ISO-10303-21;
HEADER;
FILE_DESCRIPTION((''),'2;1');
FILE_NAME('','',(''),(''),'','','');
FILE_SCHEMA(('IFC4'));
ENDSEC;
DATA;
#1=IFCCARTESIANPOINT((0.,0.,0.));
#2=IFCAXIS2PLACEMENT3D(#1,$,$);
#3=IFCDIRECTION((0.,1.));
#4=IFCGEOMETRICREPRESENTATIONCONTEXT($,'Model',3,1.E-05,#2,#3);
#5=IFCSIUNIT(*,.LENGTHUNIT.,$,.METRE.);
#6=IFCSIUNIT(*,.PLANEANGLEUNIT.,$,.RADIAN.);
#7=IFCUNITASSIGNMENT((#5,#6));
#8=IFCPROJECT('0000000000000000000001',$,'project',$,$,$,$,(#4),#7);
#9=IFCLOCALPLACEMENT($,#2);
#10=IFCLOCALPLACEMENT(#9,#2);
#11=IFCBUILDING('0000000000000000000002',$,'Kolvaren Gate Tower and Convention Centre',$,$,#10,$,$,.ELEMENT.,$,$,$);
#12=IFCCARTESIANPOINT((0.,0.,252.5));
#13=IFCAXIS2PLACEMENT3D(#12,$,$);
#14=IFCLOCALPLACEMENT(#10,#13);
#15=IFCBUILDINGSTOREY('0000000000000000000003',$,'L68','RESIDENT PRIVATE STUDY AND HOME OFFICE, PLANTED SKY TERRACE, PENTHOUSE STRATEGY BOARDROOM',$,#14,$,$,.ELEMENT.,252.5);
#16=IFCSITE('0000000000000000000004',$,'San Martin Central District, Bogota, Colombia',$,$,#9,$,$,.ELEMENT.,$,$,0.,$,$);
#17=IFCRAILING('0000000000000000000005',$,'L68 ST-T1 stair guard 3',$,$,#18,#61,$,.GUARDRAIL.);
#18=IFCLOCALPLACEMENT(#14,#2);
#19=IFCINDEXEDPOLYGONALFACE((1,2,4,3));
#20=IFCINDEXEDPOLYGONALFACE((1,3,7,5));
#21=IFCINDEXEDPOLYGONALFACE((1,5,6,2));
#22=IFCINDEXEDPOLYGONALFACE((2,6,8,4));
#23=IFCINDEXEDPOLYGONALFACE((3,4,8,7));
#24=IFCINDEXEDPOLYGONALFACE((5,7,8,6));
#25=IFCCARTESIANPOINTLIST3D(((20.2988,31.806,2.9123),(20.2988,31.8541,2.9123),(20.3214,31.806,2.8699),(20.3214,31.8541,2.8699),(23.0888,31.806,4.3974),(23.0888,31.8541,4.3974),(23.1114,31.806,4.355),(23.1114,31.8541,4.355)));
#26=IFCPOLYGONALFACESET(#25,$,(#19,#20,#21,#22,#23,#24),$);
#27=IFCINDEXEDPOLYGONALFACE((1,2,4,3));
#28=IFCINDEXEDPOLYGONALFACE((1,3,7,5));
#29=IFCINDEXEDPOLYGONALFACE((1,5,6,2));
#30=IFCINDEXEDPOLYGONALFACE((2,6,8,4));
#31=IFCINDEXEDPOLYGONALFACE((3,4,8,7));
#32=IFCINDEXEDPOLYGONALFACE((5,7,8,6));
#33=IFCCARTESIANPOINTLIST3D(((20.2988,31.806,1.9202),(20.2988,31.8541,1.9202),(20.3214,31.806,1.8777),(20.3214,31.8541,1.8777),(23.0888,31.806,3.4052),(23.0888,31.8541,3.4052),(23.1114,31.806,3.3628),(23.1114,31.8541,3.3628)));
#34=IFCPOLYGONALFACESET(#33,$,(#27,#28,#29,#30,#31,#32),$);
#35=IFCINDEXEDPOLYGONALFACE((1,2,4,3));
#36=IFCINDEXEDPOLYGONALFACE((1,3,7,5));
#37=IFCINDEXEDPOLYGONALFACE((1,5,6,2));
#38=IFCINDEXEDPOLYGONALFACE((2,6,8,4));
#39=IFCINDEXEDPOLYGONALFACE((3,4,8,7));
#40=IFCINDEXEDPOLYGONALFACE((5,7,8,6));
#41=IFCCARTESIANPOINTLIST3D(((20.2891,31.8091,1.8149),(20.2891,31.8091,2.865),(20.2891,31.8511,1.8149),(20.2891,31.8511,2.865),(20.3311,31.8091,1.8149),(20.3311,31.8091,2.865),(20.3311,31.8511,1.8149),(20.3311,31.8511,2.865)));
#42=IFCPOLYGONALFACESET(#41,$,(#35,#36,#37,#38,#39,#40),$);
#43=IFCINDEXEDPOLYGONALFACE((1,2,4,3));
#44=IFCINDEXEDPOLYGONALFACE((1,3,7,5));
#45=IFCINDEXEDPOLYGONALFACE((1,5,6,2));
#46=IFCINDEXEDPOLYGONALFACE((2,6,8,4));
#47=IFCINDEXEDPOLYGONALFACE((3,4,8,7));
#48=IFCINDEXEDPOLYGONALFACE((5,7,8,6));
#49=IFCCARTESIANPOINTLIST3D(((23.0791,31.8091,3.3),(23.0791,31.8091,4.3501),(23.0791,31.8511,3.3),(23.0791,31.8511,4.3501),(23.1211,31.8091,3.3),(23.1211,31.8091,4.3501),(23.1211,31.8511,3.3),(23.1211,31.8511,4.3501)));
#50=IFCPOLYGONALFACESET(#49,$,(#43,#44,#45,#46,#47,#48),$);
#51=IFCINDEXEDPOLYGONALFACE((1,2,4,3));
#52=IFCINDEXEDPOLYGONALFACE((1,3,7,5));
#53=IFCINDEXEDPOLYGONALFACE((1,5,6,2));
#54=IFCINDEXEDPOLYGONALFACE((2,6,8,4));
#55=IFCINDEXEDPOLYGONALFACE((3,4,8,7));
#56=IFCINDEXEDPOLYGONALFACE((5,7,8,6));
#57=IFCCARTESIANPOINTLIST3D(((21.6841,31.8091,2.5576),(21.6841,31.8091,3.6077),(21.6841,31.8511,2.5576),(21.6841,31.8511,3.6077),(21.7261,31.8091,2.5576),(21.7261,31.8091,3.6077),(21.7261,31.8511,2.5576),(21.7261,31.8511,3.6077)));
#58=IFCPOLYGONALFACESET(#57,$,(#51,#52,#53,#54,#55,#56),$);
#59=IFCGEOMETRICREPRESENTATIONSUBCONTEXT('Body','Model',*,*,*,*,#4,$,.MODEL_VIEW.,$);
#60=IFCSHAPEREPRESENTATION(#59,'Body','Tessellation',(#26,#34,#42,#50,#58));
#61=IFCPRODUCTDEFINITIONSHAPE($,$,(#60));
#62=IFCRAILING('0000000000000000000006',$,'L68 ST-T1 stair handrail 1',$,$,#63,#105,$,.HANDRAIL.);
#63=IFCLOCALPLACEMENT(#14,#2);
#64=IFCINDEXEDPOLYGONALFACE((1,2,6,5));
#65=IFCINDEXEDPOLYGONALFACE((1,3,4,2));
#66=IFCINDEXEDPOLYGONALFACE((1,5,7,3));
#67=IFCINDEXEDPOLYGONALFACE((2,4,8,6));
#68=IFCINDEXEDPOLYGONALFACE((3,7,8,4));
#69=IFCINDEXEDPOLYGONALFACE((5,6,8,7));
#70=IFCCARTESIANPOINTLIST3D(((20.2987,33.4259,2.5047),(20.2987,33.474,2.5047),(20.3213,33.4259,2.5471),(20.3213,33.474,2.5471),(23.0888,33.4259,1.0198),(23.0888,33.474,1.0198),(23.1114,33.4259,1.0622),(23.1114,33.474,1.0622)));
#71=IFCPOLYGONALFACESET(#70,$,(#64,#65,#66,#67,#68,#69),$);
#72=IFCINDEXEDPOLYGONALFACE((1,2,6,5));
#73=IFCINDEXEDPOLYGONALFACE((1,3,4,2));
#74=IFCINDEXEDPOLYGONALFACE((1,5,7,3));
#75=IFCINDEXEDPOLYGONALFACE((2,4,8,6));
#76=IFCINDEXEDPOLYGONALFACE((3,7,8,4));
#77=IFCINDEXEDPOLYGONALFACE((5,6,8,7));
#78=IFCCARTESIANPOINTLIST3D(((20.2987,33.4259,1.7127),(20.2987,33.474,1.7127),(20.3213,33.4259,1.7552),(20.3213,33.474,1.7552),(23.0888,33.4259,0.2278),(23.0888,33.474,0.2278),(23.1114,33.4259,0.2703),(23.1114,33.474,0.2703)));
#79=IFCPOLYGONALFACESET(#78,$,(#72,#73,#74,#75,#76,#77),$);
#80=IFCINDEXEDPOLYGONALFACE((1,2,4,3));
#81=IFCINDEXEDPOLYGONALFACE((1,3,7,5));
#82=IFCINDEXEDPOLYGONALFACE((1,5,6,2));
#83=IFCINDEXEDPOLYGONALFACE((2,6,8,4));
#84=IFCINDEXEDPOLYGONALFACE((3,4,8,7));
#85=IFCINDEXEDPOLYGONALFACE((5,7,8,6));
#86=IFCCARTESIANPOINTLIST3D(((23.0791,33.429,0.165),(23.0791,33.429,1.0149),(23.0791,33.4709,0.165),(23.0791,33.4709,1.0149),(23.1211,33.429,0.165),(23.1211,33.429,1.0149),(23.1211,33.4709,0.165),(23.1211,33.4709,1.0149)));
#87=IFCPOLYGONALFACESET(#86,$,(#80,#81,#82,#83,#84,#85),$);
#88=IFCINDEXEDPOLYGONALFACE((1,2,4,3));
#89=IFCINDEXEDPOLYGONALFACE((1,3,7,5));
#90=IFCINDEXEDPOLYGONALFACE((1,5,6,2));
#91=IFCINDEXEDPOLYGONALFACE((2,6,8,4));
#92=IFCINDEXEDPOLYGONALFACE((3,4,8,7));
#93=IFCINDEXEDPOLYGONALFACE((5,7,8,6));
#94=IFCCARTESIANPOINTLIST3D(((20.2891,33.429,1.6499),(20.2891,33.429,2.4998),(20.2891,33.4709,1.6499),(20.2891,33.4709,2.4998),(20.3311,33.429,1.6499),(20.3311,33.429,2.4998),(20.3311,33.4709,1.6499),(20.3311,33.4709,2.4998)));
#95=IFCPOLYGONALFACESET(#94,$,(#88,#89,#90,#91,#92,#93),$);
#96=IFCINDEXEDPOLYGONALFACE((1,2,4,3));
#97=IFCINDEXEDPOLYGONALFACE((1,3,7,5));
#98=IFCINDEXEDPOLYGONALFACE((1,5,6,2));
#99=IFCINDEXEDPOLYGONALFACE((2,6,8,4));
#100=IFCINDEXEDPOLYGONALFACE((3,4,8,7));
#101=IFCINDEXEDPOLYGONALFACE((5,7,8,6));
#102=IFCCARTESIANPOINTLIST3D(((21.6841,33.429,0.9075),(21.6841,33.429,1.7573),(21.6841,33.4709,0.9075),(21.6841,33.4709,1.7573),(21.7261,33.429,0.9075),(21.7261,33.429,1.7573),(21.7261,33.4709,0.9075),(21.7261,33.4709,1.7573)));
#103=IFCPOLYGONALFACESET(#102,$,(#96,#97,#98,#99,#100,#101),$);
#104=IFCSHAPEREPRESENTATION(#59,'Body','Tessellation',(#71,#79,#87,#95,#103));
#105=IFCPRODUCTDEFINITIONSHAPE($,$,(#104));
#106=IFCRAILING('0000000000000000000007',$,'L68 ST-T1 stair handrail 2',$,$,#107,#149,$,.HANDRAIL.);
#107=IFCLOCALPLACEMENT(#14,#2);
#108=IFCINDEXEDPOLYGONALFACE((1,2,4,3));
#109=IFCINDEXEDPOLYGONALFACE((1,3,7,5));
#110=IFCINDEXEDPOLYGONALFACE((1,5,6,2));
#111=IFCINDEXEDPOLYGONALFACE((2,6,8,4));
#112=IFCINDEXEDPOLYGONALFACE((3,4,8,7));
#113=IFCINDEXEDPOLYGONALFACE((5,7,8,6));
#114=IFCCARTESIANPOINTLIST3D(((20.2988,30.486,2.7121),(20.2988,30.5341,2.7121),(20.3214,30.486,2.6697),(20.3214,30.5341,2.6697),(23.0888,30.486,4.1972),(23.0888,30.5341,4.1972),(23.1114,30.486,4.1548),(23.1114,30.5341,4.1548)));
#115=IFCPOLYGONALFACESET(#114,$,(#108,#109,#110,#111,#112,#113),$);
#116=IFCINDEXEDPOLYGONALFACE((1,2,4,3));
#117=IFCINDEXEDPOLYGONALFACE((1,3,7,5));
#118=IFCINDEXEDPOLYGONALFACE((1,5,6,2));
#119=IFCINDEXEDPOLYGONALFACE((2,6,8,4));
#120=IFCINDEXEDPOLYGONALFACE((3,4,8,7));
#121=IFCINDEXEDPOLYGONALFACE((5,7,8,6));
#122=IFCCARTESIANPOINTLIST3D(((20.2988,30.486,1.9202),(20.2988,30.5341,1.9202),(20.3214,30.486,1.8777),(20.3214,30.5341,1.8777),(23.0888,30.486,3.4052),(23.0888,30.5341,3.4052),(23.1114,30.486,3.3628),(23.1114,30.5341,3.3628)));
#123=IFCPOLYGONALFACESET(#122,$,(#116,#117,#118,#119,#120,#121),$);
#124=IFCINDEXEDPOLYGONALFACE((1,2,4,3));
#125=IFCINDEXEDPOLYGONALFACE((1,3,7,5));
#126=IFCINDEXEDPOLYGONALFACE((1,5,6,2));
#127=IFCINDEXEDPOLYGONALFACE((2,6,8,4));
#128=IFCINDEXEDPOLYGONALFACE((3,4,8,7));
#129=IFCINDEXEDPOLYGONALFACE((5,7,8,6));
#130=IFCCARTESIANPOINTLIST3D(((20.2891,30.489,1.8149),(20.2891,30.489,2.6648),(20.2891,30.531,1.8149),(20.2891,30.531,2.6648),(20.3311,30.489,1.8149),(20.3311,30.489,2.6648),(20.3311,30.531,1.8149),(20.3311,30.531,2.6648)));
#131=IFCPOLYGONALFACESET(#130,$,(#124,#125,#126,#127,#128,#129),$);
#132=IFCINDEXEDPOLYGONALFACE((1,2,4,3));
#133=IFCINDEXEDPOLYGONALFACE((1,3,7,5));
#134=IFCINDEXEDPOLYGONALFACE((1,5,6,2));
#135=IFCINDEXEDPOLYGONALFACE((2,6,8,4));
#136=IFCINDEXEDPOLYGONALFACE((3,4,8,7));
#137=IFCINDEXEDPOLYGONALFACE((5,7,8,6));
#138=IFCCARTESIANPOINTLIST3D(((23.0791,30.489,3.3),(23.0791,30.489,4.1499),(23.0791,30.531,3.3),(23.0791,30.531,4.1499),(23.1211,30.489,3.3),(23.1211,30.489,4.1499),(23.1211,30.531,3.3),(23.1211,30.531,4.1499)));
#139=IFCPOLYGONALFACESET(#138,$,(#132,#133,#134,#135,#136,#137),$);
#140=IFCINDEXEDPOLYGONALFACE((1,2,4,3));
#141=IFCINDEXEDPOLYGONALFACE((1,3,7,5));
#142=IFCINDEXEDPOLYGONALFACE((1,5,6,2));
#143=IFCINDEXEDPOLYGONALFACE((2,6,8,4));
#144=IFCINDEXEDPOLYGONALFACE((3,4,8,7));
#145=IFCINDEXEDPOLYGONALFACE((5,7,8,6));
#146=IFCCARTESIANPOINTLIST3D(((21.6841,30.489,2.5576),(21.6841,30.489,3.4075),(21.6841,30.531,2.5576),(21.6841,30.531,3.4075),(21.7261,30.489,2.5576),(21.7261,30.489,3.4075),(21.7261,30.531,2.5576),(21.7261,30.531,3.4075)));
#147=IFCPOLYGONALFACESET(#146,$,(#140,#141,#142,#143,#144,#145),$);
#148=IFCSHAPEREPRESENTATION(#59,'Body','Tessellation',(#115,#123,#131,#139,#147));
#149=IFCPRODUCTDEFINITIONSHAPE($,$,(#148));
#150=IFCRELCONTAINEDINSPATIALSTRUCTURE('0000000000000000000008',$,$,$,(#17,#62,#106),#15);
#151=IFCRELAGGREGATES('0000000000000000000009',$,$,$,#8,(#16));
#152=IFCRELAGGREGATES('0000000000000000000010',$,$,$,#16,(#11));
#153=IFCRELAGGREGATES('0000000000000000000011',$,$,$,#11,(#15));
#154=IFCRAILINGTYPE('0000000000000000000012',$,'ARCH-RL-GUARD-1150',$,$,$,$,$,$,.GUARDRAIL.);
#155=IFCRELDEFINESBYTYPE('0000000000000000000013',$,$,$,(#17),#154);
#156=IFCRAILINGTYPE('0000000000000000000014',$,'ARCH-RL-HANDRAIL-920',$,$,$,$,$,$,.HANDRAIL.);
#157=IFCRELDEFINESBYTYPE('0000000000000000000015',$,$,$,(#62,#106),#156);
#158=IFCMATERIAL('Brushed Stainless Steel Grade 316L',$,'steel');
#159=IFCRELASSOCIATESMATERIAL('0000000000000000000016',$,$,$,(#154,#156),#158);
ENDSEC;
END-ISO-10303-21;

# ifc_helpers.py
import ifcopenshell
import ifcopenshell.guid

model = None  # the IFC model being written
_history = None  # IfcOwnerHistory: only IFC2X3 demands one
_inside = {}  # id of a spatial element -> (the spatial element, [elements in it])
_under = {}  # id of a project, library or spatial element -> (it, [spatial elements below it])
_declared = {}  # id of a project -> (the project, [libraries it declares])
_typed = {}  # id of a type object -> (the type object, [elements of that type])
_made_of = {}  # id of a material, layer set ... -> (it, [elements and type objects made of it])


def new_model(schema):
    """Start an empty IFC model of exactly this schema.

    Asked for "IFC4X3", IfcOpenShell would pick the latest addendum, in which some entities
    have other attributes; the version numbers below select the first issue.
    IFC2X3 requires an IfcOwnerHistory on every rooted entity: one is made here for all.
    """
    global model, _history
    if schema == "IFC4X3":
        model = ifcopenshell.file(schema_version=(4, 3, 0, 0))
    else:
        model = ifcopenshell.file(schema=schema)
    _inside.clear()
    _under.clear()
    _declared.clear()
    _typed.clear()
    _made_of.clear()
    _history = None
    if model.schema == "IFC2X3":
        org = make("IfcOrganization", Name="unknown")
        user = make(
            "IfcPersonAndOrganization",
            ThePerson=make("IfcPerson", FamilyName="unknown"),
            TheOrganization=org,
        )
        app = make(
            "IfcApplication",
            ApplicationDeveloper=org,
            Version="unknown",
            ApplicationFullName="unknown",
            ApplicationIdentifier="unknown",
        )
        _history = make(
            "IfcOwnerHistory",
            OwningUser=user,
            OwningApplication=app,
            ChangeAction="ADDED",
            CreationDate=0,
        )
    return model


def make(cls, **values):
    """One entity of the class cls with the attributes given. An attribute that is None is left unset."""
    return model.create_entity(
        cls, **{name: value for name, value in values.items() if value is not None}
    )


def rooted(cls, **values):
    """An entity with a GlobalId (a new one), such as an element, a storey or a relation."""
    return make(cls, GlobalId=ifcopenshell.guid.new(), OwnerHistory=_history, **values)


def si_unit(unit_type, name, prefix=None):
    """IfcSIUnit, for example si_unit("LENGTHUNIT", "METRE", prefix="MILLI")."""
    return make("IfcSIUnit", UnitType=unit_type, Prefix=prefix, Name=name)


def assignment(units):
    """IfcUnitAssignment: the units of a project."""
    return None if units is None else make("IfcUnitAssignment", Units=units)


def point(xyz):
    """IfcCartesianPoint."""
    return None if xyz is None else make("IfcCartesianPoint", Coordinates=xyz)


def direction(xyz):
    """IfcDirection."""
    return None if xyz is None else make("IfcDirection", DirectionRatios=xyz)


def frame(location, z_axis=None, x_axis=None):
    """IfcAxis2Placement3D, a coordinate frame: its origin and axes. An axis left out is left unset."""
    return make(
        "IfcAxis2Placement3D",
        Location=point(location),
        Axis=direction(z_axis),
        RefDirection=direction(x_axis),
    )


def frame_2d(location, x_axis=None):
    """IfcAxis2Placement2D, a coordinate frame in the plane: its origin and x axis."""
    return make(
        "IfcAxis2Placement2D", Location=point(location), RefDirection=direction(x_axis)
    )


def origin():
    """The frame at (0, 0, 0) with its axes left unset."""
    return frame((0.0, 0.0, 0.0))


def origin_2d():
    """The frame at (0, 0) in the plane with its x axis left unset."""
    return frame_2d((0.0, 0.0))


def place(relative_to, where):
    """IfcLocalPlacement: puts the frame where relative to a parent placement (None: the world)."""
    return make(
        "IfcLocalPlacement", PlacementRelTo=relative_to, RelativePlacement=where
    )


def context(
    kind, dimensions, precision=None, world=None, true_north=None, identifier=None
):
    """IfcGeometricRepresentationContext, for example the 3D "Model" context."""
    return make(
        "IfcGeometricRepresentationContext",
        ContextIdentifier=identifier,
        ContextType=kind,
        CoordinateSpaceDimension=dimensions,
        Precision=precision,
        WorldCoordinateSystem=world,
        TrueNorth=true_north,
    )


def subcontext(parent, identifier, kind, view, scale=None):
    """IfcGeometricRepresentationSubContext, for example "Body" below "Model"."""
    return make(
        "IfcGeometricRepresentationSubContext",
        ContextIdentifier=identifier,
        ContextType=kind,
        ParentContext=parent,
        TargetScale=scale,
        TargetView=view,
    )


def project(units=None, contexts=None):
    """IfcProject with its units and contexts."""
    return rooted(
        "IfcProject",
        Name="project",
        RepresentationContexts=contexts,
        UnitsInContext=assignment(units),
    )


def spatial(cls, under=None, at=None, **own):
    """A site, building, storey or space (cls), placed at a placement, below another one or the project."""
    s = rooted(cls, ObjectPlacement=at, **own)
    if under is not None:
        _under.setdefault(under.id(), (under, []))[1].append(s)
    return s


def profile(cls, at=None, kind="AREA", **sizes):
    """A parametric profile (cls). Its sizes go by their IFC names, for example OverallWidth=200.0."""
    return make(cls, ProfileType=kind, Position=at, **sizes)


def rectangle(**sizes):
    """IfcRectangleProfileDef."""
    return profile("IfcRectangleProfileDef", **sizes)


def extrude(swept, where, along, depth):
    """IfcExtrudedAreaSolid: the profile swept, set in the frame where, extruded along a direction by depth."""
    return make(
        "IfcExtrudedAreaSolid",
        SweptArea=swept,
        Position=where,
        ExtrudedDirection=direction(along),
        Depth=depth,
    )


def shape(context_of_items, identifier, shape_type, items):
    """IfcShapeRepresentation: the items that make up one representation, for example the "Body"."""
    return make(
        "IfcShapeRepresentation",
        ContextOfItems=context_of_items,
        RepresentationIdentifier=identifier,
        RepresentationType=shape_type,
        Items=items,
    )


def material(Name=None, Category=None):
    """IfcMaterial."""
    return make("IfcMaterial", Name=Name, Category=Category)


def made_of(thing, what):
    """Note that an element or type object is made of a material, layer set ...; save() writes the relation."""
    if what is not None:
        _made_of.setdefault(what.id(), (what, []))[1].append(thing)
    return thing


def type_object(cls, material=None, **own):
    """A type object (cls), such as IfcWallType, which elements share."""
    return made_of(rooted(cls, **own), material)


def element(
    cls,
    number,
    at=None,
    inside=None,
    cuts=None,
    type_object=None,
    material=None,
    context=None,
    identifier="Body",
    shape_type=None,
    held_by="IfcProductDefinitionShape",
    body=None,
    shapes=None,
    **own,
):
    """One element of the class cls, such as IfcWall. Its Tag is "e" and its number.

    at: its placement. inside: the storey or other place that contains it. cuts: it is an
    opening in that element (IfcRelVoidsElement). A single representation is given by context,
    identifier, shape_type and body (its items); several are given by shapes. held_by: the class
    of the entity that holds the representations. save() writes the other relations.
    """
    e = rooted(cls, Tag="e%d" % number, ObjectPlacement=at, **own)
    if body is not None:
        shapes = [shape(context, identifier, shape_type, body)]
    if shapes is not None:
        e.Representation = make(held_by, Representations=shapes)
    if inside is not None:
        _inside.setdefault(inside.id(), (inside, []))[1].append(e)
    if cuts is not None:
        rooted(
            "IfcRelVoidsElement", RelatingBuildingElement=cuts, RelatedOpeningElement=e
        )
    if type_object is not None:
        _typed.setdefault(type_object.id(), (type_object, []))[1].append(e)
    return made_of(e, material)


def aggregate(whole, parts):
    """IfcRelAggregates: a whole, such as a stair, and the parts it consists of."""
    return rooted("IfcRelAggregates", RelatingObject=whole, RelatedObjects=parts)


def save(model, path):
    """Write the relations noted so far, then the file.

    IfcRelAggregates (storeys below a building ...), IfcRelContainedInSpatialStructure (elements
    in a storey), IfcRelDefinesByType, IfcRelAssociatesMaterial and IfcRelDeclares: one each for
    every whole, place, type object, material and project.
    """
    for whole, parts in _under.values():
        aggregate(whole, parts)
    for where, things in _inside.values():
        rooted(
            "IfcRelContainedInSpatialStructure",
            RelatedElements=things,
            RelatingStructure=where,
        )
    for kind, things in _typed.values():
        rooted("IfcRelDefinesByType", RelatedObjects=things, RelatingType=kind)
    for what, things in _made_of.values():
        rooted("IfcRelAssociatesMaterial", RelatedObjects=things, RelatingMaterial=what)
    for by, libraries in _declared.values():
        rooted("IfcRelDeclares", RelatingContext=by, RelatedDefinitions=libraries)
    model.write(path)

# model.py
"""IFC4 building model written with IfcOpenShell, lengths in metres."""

from ifc_helpers import new_model, si_unit, direction, frame, origin, origin_2d, place, context, subcontext, project, spatial, rectangle, extrude, material, type_object, element, save


model = new_model("IFC4")

# Units and contexts
model_context = context("Model", 3, precision=1e-05, world=origin(), true_north=direction((0.0, 1.0)))
body_context = subcontext(model_context, "Body", "Model", "MODEL_VIEW")
ifc_project = project(units=[si_unit("LENGTHUNIT", "METRE"), si_unit("PLANEANGLEUNIT", "RADIAN")], contexts=[model_context])

# Site, building, storey
site_placement = place(None, origin())
site = spatial("IfcSite", under=ifc_project, at=site_placement, Name="San Martin Central District, Bogota, Colombia", CompositionType="ELEMENT", RefElevation=0.0)
building_placement = place(site_placement, origin())
building = spatial("IfcBuilding", under=site, at=building_placement, Name="Kolvaren Gate Tower and Convention Centre", CompositionType="ELEMENT")
storey_placement = place(building_placement, frame((0.0, 0.0, 252.5)))
storey = spatial("IfcBuildingStorey", under=building, at=storey_placement, Name="L68", Description="RESIDENT PRIVATE STUDY AND HOME OFFICE, PLANTED SKY TERRACE, PENTHOUSE STRATEGY BOARDROOM", CompositionType="ELEMENT", Elevation=252.5)

# Railings
ifc_material_1 = material(Name="Brushed Stainless Steel Grade 316L", Category="steel")
railing_type_1 = type_object("IfcRailingType", Name="ARCH-RL-GUARD-1150", PredefinedType="GUARDRAIL", material=ifc_material_1)
railing_1_placement = place(storey_placement, frame((20.3101, 31.8301, 1.8149)))
element("IfcRailing", 1, at=railing_1_placement, inside=storey, type_object=railing_type_1, Name="L68 ST-T1 stair guard 3", PredefinedType="GUARDRAIL", context=body_context, shape_type="SweptSolid", body=[
    extrude(rectangle(XDim=0.0481, YDim=0.0481, at=origin_2d()), frame((0.0, 0.0, 1.0762), z_axis=(0.882735, 0.0, 0.46987), x_axis=(0.0, 1.0, 0.0)), (0.0, 0.0, 1.0), 3.1606),
    extrude(rectangle(XDim=0.0481, YDim=0.0481, at=origin_2d()), frame((0.0, 0.0, 0.084), z_axis=(0.882735, 0.0, 0.46987), x_axis=(0.0, 1.0, 0.0)), (0.0, 0.0, 1.0), 3.1606),
    extrude(rectangle(XDim=0.042, YDim=0.042, at=origin_2d()), origin(), (0.0, 0.0, 1.0), 1.05),
    extrude(rectangle(XDim=0.042, YDim=0.042, at=origin_2d()), frame((2.79, 0.0, 1.4851)), (0.0, 0.0, 1.0), 1.05),
    extrude(rectangle(XDim=0.042, YDim=0.042, at=origin_2d()), frame((1.395, 0.0, 0.7427)), (0.0, 0.0, 1.0), 1.05),
])
railing_type_2 = type_object("IfcRailingType", Name="ARCH-RL-HANDRAIL-920", PredefinedType="HANDRAIL", material=ifc_material_1)
railing_2_placement = place(storey_placement, frame((23.1001, 33.45, 0.165)))
element("IfcRailing", 2, at=railing_2_placement, inside=storey, type_object=railing_type_2, Name="L68 ST-T1 stair handrail 1", PredefinedType="HANDRAIL", context=body_context, shape_type="SweptSolid", body=[
    extrude(rectangle(XDim=0.0481, YDim=0.0481, at=origin_2d()), frame((0.0, 0.0, 0.876), z_axis=(-0.882767, 0.0, 0.46981), x_axis=(0.0, -1.0, 0.0)), (0.0, 0.0, 1.0), 3.1606),
    extrude(rectangle(XDim=0.0481, YDim=0.0481, at=origin_2d()), frame((0.0, 0.0, 0.084), z_axis=(-0.882767, 0.0, 0.46981), x_axis=(0.0, -1.0, 0.0)), (0.0, 0.0, 1.0), 3.1606),
    extrude(rectangle(XDim=0.042, YDim=0.042, at=origin_2d()), origin(), (0.0, 0.0, 1.0), 0.8499),
    extrude(rectangle(XDim=0.042, YDim=0.042, at=origin_2d()), frame((-2.79, 0.0, 1.4849)), (0.0, 0.0, 1.0), 0.8499),
    extrude(rectangle(XDim=0.042, YDim=0.042, at=origin_2d()), frame((-1.395, 0.0, 0.7424)), (0.0, 0.0, 1.0), 0.8499),
])
railing_3_placement = place(storey_placement, frame((20.3101, 30.51, 1.8149)))
element("IfcRailing", 3, at=railing_3_placement, inside=storey, type_object=railing_type_2, Name="L68 ST-T1 stair handrail 2", PredefinedType="HANDRAIL", context=body_context, shape_type="SweptSolid", body=[
    extrude(rectangle(XDim=0.0481, YDim=0.0481, at=origin_2d()), frame((0.0, 0.0, 0.876), z_axis=(0.882735, 0.0, 0.46987), x_axis=(0.0, 1.0, 0.0)), (0.0, 0.0, 1.0), 3.1606),
    extrude(rectangle(XDim=0.0481, YDim=0.0481, at=origin_2d()), frame((0.0, 0.0, 0.084), z_axis=(0.882735, 0.0, 0.46987), x_axis=(0.0, 1.0, 0.0)), (0.0, 0.0, 1.0), 3.1606),
    extrude(rectangle(XDim=0.042, YDim=0.042, at=origin_2d()), origin(), (0.0, 0.0, 1.0), 0.8499),
    extrude(rectangle(XDim=0.042, YDim=0.042, at=origin_2d()), frame((2.79, 0.0, 1.4851)), (0.0, 0.0, 1.0), 0.8499),
    extrude(rectangle(XDim=0.042, YDim=0.042, at=origin_2d()), frame((1.395, 0.0, 0.7427)), (0.0, 0.0, 1.0), 0.8499),
])

save(model, "model.ifc")
